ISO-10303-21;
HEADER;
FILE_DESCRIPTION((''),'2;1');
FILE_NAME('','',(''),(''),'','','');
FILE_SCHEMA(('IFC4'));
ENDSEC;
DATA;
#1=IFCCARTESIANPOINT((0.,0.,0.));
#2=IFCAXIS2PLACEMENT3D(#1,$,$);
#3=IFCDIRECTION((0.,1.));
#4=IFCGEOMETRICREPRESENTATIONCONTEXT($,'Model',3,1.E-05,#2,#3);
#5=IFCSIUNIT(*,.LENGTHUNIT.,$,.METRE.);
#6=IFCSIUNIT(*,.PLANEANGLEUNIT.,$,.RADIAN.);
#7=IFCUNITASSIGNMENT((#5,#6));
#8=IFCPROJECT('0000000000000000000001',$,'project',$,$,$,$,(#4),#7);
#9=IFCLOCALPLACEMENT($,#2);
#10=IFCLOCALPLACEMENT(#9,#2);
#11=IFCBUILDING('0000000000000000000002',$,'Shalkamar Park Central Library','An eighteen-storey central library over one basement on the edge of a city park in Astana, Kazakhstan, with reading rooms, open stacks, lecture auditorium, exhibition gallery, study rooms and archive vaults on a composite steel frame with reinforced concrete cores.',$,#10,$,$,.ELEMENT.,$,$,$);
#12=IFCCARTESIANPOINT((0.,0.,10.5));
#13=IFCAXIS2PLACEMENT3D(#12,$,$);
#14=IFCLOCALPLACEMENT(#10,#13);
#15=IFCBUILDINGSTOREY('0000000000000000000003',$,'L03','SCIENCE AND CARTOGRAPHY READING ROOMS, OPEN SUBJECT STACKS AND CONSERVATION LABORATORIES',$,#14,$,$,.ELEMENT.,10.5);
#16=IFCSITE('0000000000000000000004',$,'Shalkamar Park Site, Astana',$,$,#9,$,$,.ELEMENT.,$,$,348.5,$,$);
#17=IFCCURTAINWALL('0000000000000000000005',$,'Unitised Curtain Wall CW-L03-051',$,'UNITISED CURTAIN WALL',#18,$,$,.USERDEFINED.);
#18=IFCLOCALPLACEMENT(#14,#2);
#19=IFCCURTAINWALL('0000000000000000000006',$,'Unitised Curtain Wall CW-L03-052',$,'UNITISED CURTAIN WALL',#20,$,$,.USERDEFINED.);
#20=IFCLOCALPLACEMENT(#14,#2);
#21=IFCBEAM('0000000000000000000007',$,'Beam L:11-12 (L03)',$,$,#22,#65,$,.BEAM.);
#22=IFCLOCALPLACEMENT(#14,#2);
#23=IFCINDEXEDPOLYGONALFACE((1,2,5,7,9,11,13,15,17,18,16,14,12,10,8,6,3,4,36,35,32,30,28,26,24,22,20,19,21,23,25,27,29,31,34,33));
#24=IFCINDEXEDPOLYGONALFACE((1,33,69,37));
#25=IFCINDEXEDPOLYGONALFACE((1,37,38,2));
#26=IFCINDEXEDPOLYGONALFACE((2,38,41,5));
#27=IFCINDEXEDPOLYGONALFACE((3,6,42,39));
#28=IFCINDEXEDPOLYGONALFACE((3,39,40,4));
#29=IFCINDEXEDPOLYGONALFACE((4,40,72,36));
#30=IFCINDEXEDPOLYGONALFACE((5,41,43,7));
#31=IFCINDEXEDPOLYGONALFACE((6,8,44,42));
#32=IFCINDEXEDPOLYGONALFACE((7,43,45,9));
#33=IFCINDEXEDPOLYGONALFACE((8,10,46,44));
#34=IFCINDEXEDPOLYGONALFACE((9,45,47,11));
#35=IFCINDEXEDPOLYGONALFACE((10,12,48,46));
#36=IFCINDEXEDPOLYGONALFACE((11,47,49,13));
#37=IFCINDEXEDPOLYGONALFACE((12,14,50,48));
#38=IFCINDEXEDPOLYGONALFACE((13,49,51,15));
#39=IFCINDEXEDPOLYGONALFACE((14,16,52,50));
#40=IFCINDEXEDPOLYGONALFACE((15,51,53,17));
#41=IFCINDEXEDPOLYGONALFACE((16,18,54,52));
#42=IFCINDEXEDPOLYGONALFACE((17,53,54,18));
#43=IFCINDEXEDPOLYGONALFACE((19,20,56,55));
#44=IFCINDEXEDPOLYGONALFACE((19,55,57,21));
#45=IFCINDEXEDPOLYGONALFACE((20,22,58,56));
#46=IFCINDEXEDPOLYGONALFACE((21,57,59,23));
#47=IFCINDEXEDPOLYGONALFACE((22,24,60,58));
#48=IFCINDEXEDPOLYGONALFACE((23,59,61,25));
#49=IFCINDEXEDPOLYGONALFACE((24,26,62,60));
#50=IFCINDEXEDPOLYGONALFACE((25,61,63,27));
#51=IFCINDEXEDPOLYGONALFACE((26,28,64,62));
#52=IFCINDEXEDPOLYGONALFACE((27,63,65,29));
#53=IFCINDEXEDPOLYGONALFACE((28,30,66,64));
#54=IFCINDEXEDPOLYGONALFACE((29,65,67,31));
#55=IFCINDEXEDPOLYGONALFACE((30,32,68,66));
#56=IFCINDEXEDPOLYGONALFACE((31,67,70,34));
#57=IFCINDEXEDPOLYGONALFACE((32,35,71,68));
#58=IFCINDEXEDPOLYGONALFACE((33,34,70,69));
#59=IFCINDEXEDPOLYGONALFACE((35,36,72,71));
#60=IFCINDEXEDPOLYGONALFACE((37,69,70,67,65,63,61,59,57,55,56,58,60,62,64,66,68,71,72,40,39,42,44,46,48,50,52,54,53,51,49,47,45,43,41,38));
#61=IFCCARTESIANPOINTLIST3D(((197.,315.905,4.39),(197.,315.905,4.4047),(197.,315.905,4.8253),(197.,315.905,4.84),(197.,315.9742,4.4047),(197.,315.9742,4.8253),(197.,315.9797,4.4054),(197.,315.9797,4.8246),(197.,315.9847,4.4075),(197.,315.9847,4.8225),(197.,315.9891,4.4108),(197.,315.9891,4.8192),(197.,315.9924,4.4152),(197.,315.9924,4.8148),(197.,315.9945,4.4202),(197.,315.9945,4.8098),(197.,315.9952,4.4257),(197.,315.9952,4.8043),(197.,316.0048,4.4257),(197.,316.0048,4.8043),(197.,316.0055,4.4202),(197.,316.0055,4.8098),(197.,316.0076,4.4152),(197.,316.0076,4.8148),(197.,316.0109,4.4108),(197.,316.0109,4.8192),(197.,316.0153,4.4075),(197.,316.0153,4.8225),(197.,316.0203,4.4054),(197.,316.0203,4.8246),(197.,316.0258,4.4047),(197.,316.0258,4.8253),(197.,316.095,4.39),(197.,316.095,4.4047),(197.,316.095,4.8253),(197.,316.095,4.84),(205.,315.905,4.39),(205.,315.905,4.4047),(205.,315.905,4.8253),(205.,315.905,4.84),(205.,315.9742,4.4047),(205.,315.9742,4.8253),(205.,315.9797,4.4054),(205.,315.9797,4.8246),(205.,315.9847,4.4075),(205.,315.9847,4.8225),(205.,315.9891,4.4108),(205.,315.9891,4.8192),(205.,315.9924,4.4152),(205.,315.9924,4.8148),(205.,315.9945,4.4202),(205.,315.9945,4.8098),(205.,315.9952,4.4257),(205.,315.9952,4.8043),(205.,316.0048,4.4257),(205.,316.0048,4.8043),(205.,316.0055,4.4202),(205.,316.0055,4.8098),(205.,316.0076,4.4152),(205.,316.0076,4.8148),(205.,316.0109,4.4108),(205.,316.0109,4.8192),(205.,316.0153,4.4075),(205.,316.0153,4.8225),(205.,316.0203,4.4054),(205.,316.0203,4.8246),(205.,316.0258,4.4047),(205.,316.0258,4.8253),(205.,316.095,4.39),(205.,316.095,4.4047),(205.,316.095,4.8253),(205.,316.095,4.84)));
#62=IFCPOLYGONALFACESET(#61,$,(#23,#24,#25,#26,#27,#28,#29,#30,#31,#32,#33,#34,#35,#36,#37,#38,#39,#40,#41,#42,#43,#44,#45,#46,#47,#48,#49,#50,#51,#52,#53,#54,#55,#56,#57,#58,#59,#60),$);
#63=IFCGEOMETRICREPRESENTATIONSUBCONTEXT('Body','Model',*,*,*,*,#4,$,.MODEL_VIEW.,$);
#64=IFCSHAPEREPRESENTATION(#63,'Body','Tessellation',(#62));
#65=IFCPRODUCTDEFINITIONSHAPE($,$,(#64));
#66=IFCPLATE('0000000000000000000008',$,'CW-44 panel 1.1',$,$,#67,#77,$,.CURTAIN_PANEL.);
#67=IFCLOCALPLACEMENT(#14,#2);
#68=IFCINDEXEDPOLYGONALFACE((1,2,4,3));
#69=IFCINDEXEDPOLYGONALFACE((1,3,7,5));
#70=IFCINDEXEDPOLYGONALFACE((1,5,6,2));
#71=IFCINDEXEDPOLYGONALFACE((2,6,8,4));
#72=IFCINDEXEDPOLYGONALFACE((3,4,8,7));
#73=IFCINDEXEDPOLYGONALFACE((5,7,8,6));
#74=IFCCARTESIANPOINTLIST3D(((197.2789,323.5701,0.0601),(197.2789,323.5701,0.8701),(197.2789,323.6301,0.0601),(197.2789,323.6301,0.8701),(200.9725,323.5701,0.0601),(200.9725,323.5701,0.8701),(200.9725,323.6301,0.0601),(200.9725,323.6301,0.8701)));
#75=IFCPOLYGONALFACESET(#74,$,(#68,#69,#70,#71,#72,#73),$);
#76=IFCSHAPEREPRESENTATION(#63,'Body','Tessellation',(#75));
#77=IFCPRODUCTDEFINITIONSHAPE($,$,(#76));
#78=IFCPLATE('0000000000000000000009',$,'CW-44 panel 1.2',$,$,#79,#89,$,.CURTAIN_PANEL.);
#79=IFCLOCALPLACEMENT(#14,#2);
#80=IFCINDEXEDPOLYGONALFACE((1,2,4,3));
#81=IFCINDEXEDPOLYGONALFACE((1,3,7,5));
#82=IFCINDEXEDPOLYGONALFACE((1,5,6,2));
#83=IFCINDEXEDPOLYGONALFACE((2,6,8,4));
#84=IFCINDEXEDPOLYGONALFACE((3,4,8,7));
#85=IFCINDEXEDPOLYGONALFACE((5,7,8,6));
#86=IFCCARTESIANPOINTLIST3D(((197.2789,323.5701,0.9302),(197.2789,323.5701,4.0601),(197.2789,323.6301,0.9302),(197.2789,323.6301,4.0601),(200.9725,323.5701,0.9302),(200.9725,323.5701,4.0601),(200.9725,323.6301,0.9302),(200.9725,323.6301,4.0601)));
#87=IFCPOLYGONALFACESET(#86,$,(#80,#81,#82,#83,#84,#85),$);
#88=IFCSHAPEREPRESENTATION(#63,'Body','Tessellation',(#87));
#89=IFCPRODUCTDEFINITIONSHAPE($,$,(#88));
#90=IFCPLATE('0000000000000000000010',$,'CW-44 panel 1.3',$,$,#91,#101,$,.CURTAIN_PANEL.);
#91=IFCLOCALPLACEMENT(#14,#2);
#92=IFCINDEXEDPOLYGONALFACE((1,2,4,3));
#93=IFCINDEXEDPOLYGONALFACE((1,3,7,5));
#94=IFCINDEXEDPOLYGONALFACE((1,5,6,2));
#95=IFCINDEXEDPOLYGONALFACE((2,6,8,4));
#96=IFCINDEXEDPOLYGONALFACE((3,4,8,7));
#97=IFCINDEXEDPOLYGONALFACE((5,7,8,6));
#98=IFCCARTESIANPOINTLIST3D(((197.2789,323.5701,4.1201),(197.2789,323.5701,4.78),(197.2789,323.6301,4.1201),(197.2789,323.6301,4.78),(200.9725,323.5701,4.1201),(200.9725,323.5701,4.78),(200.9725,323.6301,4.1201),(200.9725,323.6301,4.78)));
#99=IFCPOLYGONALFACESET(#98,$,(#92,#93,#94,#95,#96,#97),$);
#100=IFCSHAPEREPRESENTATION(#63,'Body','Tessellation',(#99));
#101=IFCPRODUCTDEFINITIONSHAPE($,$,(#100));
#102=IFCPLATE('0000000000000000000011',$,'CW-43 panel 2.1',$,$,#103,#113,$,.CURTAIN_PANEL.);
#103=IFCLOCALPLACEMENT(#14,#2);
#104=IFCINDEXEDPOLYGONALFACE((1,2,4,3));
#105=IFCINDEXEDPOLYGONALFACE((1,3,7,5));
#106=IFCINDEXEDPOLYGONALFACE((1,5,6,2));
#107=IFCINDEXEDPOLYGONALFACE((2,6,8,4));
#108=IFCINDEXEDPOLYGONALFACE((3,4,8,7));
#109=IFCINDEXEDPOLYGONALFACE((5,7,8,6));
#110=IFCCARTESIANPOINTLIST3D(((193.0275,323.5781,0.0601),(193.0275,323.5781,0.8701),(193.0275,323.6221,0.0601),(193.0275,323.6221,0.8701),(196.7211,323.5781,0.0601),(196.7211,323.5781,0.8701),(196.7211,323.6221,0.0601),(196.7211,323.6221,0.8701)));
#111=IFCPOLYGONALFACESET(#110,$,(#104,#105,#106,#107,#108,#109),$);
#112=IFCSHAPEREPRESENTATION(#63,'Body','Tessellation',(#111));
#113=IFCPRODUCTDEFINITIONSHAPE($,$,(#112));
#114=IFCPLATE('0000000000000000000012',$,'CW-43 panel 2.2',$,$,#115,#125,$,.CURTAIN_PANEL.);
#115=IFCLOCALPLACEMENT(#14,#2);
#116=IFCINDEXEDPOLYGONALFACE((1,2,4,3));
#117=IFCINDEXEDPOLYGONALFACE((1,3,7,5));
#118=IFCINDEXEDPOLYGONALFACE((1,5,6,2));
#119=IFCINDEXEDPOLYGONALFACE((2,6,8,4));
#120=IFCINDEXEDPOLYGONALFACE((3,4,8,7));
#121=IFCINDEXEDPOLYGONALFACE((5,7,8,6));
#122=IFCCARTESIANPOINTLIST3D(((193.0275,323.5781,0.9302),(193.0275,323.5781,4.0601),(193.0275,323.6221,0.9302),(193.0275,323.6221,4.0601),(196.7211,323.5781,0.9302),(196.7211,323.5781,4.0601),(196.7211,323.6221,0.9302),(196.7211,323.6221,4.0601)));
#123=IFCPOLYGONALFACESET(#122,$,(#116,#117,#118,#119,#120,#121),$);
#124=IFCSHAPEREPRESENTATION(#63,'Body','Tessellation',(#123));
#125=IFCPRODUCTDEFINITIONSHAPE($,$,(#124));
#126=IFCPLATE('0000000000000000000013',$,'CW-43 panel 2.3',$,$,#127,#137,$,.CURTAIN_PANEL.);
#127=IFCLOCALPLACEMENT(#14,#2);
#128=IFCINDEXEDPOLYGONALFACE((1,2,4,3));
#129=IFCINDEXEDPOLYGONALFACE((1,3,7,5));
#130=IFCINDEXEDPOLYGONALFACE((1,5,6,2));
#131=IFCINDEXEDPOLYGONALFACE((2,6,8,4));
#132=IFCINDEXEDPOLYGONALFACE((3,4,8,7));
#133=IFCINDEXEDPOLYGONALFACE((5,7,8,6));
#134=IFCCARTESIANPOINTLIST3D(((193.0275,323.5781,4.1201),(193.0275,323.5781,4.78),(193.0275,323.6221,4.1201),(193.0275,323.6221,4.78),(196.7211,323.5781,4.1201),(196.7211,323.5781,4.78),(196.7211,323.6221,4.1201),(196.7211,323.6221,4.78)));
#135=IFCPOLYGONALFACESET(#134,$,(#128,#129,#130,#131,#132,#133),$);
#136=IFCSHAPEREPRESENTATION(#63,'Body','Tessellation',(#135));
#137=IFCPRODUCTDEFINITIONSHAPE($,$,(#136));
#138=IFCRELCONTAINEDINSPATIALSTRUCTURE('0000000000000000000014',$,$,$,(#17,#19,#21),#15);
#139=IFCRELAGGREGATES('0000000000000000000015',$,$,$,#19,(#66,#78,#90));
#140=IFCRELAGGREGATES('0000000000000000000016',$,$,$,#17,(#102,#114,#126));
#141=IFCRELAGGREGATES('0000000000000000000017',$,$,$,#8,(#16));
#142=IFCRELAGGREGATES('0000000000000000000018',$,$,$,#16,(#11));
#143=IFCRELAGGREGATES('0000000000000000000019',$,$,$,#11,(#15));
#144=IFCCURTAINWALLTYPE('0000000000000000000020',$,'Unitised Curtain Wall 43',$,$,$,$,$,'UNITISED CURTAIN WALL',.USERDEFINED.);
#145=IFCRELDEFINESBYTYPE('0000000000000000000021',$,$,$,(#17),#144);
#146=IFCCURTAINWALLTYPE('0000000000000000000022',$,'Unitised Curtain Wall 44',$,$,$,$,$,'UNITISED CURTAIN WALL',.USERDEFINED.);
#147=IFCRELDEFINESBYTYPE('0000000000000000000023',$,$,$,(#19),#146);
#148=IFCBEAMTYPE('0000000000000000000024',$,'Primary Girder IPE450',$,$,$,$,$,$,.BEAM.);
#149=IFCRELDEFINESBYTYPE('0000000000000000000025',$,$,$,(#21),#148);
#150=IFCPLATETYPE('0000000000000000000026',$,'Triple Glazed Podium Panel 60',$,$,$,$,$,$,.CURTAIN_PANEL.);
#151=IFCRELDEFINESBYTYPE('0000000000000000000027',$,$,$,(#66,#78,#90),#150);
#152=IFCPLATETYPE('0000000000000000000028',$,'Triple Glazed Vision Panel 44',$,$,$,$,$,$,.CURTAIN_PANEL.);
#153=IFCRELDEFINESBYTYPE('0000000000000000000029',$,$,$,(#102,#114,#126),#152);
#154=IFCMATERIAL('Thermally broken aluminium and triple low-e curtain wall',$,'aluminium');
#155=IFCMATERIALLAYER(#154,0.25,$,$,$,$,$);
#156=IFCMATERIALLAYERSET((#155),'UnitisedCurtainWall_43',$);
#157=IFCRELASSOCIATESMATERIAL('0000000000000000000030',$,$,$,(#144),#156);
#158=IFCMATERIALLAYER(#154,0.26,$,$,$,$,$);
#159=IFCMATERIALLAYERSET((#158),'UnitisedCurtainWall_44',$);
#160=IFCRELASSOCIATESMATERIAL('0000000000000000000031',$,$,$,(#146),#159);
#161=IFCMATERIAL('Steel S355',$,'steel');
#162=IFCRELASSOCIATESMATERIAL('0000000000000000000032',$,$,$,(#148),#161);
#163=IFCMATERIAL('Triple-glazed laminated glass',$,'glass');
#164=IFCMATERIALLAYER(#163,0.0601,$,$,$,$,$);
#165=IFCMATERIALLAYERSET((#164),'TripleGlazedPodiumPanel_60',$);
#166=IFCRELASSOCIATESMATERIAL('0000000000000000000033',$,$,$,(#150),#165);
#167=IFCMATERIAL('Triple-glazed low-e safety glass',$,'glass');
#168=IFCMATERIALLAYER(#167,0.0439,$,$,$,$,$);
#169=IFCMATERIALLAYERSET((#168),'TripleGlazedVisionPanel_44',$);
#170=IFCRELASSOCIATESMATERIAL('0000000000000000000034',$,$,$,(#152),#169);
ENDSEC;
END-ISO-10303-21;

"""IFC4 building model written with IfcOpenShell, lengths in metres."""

from ifc_helpers import new_model, si_unit, direction, frame, origin, origin_2d, place, context, subcontext, project, spatial, rectangle, i_section, extrude, material, layer, layer_set, material_profile, profile_set, type_object, element, aggregate, save


model = new_model("IFC4")

# Units and contexts
model_context = context("Model", 3, precision=1e-05, world=origin(), true_north=direction((0.0, 1.0)))
body_context = subcontext(model_context, "Body", "Model", "MODEL_VIEW")
ifc_project = project(units=[si_unit("LENGTHUNIT", "METRE"), si_unit("PLANEANGLEUNIT", "RADIAN")], contexts=[model_context])

# Site, building, storey
site_placement = place(None, origin())
site = spatial("IfcSite", under=ifc_project, at=site_placement, Name="Shalkamar Park Site, Astana", CompositionType="ELEMENT", RefElevation=348.5)
building_placement = place(site_placement, origin())
building = spatial("IfcBuilding", under=site, at=building_placement, Name="Shalkamar Park Central Library", Description="An eighteen-storey central library over one basement on the edge of a city park in Astana, Kazakhstan, with reading rooms, open stacks, lecture auditorium, exhibition gallery, study rooms and archive vaults on a composite steel frame with reinforced concrete cores.", CompositionType="ELEMENT")
storey_placement = place(building_placement, frame((0.0, 0.0, 10.5)))
storey = spatial("IfcBuildingStorey", under=building, at=storey_placement, Name="L03", Description="SCIENCE AND CARTOGRAPHY READING ROOMS, OPEN SUBJECT STACKS AND CONSERVATION LABORATORIES", CompositionType="ELEMENT", Elevation=10.5)

# Shared definitions
ifc_material_1 = material(Name="Steel S355", Category="steel")

# Curtain wall
ifc_material_2 = material(Name="Thermally broken aluminium and triple low-e curtain wall", Category="aluminium")
ifc_layer_1 = layer(ifc_material_2, 0.25)
ifc_layer_set_1 = layer_set([ifc_layer_1], Name="UnitisedCurtainWall_43")
curtain_wall_type_1 = type_object("IfcCurtainWallType", Name="Unitised Curtain Wall 43", ElementType="UNITISED CURTAIN WALL", PredefinedType="USERDEFINED", material=ifc_layer_set_1)
curtain_wall_1_placement = place(storey_placement, origin())
curtain_wall_1 = element("IfcCurtainWall", 1, at=curtain_wall_1_placement, inside=storey, type_object=curtain_wall_type_1, Name="Unitised Curtain Wall CW-L03-051", ObjectType="UNITISED CURTAIN WALL", PredefinedType="USERDEFINED")

# Curtain wall
ifc_layer_2 = layer(ifc_material_2, 0.26)
ifc_layer_set_2 = layer_set([ifc_layer_2], Name="UnitisedCurtainWall_44")
curtain_wall_type_2 = type_object("IfcCurtainWallType", Name="Unitised Curtain Wall 44", ElementType="UNITISED CURTAIN WALL", PredefinedType="USERDEFINED", material=ifc_layer_set_2)
curtain_wall_2_placement = place(storey_placement, origin())
curtain_wall_2 = element("IfcCurtainWall", 2, at=curtain_wall_2_placement, inside=storey, type_object=curtain_wall_type_2, Name="Unitised Curtain Wall CW-L03-052", ObjectType="UNITISED CURTAIN WALL", PredefinedType="USERDEFINED")

# Beam
ifc_material_profile_1 = material_profile(ifc_material_1, i_section(OverallWidth=0.1899, OverallDepth=0.45, WebThickness=0.0095, FlangeThickness=0.0146, FilletRadius=0.021, at=origin_2d()), Name="IPE 450")
ifc_profile_set_1 = profile_set([ifc_material_profile_1], Name="Steel S355")
beam_type_1 = type_object("IfcBeamType", Name="Primary Girder IPE450", PredefinedType="BEAM", material=ifc_profile_set_1)
beam_1_placement = place(storey_placement, frame((197.0, 316.0, 4.615), z_axis=(1.0, 0.0, 0.0), x_axis=(0.0, 1.0, 0.0)))
element("IfcBeam", 3, at=beam_1_placement, inside=storey, type_object=beam_type_1, Name="Beam L:11-12 (L03)", PredefinedType="BEAM", context=body_context, shape_type="SweptSolid", body=[
    extrude(i_section(OverallWidth=0.1899, OverallDepth=0.45, WebThickness=0.0095, FlangeThickness=0.0146, FilletRadius=0.021, at=origin_2d()), origin(), (0.0, 0.0, 1.0), 8.0),
])

# Plates
ifc_material_3 = material(Name="Triple-glazed laminated glass", Category="glass")
ifc_layer_3 = layer(ifc_material_3, 0.0601)
ifc_layer_set_3 = layer_set([ifc_layer_3], Name="TripleGlazedPodiumPanel_60")
plate_type_1 = type_object("IfcPlateType", Name="Triple Glazed Podium Panel 60", PredefinedType="CURTAIN_PANEL", material=ifc_layer_set_3)
plate_1_placement = place(storey_placement, frame((199.1257, 323.6001, 0.0601), z_axis=(0.0, 0.0, 1.0), x_axis=(1.0, 0.0, 0.0)))
plate_1 = element("IfcPlate", 4, at=plate_1_placement, type_object=plate_type_1, Name="CW-44 panel 1.1", PredefinedType="CURTAIN_PANEL", context=body_context, shape_type="SweptSolid", body=[
    extrude(rectangle(XDim=3.6936, YDim=0.0601, at=origin_2d()), origin(), (0.0, 0.0, 1.0), 0.8101),
])
plate_2_placement = place(storey_placement, frame((199.1257, 323.6001, 0.9302), z_axis=(0.0, 0.0, 1.0), x_axis=(1.0, 0.0, 0.0)))
plate_2 = element("IfcPlate", 5, at=plate_2_placement, type_object=plate_type_1, Name="CW-44 panel 1.2", PredefinedType="CURTAIN_PANEL", context=body_context, shape_type="SweptSolid", body=[
    extrude(rectangle(XDim=3.6936, YDim=0.0601, at=origin_2d()), origin(), (0.0, 0.0, 1.0), 3.1299),
])
plate_3_placement = place(storey_placement, frame((199.1257, 323.6001, 4.1201), z_axis=(0.0, 0.0, 1.0), x_axis=(1.0, 0.0, 0.0)))
plate_3 = element("IfcPlate", 6, at=plate_3_placement, type_object=plate_type_1, Name="CW-44 panel 1.3", PredefinedType="CURTAIN_PANEL", context=body_context, shape_type="SweptSolid", body=[
    extrude(rectangle(XDim=3.6936, YDim=0.0601, at=origin_2d()), origin(), (0.0, 0.0, 1.0), 0.6599),
])
aggregate(curtain_wall_2, [plate_1, plate_2, plate_3])
ifc_material_4 = material(Name="Triple-glazed low-e safety glass", Category="glass")
ifc_layer_4 = layer(ifc_material_4, 0.0439)
ifc_layer_set_4 = layer_set([ifc_layer_4], Name="TripleGlazedVisionPanel_44")
plate_type_2 = type_object("IfcPlateType", Name="Triple Glazed Vision Panel 44", PredefinedType="CURTAIN_PANEL", material=ifc_layer_set_4)
plate_4_placement = place(storey_placement, frame((194.8743, 323.6001, 0.0601), z_axis=(0.0, 0.0, 1.0), x_axis=(1.0, 0.0, 0.0)))
plate_4 = element("IfcPlate", 7, at=plate_4_placement, type_object=plate_type_2, Name="CW-43 panel 2.1", PredefinedType="CURTAIN_PANEL", context=body_context, shape_type="SweptSolid", body=[
    extrude(rectangle(XDim=3.6936, YDim=0.0439, at=origin_2d()), origin(), (0.0, 0.0, 1.0), 0.8101),
])
plate_5_placement = place(storey_placement, frame((194.8743, 323.6001, 0.9302), z_axis=(0.0, 0.0, 1.0), x_axis=(1.0, 0.0, 0.0)))
plate_5 = element("IfcPlate", 8, at=plate_5_placement, type_object=plate_type_2, Name="CW-43 panel 2.2", PredefinedType="CURTAIN_PANEL", context=body_context, shape_type="SweptSolid", body=[
    extrude(rectangle(XDim=3.6936, YDim=0.0439, at=origin_2d()), origin(), (0.0, 0.0, 1.0), 3.1299),
])
plate_6_placement = place(storey_placement, frame((194.8743, 323.6001, 4.1201), z_axis=(0.0, 0.0, 1.0), x_axis=(1.0, 0.0, 0.0)))
plate_6 = element("IfcPlate", 9, at=plate_6_placement, type_object=plate_type_2, Name="CW-43 panel 2.3", PredefinedType="CURTAIN_PANEL", context=body_context, shape_type="SweptSolid", body=[
    extrude(rectangle(XDim=3.6936, YDim=0.0439, at=origin_2d()), origin(), (0.0, 0.0, 1.0), 0.6599),
])
aggregate(curtain_wall_1, [plate_4, plate_5, plate_6])

save(model, "model.ifc")
